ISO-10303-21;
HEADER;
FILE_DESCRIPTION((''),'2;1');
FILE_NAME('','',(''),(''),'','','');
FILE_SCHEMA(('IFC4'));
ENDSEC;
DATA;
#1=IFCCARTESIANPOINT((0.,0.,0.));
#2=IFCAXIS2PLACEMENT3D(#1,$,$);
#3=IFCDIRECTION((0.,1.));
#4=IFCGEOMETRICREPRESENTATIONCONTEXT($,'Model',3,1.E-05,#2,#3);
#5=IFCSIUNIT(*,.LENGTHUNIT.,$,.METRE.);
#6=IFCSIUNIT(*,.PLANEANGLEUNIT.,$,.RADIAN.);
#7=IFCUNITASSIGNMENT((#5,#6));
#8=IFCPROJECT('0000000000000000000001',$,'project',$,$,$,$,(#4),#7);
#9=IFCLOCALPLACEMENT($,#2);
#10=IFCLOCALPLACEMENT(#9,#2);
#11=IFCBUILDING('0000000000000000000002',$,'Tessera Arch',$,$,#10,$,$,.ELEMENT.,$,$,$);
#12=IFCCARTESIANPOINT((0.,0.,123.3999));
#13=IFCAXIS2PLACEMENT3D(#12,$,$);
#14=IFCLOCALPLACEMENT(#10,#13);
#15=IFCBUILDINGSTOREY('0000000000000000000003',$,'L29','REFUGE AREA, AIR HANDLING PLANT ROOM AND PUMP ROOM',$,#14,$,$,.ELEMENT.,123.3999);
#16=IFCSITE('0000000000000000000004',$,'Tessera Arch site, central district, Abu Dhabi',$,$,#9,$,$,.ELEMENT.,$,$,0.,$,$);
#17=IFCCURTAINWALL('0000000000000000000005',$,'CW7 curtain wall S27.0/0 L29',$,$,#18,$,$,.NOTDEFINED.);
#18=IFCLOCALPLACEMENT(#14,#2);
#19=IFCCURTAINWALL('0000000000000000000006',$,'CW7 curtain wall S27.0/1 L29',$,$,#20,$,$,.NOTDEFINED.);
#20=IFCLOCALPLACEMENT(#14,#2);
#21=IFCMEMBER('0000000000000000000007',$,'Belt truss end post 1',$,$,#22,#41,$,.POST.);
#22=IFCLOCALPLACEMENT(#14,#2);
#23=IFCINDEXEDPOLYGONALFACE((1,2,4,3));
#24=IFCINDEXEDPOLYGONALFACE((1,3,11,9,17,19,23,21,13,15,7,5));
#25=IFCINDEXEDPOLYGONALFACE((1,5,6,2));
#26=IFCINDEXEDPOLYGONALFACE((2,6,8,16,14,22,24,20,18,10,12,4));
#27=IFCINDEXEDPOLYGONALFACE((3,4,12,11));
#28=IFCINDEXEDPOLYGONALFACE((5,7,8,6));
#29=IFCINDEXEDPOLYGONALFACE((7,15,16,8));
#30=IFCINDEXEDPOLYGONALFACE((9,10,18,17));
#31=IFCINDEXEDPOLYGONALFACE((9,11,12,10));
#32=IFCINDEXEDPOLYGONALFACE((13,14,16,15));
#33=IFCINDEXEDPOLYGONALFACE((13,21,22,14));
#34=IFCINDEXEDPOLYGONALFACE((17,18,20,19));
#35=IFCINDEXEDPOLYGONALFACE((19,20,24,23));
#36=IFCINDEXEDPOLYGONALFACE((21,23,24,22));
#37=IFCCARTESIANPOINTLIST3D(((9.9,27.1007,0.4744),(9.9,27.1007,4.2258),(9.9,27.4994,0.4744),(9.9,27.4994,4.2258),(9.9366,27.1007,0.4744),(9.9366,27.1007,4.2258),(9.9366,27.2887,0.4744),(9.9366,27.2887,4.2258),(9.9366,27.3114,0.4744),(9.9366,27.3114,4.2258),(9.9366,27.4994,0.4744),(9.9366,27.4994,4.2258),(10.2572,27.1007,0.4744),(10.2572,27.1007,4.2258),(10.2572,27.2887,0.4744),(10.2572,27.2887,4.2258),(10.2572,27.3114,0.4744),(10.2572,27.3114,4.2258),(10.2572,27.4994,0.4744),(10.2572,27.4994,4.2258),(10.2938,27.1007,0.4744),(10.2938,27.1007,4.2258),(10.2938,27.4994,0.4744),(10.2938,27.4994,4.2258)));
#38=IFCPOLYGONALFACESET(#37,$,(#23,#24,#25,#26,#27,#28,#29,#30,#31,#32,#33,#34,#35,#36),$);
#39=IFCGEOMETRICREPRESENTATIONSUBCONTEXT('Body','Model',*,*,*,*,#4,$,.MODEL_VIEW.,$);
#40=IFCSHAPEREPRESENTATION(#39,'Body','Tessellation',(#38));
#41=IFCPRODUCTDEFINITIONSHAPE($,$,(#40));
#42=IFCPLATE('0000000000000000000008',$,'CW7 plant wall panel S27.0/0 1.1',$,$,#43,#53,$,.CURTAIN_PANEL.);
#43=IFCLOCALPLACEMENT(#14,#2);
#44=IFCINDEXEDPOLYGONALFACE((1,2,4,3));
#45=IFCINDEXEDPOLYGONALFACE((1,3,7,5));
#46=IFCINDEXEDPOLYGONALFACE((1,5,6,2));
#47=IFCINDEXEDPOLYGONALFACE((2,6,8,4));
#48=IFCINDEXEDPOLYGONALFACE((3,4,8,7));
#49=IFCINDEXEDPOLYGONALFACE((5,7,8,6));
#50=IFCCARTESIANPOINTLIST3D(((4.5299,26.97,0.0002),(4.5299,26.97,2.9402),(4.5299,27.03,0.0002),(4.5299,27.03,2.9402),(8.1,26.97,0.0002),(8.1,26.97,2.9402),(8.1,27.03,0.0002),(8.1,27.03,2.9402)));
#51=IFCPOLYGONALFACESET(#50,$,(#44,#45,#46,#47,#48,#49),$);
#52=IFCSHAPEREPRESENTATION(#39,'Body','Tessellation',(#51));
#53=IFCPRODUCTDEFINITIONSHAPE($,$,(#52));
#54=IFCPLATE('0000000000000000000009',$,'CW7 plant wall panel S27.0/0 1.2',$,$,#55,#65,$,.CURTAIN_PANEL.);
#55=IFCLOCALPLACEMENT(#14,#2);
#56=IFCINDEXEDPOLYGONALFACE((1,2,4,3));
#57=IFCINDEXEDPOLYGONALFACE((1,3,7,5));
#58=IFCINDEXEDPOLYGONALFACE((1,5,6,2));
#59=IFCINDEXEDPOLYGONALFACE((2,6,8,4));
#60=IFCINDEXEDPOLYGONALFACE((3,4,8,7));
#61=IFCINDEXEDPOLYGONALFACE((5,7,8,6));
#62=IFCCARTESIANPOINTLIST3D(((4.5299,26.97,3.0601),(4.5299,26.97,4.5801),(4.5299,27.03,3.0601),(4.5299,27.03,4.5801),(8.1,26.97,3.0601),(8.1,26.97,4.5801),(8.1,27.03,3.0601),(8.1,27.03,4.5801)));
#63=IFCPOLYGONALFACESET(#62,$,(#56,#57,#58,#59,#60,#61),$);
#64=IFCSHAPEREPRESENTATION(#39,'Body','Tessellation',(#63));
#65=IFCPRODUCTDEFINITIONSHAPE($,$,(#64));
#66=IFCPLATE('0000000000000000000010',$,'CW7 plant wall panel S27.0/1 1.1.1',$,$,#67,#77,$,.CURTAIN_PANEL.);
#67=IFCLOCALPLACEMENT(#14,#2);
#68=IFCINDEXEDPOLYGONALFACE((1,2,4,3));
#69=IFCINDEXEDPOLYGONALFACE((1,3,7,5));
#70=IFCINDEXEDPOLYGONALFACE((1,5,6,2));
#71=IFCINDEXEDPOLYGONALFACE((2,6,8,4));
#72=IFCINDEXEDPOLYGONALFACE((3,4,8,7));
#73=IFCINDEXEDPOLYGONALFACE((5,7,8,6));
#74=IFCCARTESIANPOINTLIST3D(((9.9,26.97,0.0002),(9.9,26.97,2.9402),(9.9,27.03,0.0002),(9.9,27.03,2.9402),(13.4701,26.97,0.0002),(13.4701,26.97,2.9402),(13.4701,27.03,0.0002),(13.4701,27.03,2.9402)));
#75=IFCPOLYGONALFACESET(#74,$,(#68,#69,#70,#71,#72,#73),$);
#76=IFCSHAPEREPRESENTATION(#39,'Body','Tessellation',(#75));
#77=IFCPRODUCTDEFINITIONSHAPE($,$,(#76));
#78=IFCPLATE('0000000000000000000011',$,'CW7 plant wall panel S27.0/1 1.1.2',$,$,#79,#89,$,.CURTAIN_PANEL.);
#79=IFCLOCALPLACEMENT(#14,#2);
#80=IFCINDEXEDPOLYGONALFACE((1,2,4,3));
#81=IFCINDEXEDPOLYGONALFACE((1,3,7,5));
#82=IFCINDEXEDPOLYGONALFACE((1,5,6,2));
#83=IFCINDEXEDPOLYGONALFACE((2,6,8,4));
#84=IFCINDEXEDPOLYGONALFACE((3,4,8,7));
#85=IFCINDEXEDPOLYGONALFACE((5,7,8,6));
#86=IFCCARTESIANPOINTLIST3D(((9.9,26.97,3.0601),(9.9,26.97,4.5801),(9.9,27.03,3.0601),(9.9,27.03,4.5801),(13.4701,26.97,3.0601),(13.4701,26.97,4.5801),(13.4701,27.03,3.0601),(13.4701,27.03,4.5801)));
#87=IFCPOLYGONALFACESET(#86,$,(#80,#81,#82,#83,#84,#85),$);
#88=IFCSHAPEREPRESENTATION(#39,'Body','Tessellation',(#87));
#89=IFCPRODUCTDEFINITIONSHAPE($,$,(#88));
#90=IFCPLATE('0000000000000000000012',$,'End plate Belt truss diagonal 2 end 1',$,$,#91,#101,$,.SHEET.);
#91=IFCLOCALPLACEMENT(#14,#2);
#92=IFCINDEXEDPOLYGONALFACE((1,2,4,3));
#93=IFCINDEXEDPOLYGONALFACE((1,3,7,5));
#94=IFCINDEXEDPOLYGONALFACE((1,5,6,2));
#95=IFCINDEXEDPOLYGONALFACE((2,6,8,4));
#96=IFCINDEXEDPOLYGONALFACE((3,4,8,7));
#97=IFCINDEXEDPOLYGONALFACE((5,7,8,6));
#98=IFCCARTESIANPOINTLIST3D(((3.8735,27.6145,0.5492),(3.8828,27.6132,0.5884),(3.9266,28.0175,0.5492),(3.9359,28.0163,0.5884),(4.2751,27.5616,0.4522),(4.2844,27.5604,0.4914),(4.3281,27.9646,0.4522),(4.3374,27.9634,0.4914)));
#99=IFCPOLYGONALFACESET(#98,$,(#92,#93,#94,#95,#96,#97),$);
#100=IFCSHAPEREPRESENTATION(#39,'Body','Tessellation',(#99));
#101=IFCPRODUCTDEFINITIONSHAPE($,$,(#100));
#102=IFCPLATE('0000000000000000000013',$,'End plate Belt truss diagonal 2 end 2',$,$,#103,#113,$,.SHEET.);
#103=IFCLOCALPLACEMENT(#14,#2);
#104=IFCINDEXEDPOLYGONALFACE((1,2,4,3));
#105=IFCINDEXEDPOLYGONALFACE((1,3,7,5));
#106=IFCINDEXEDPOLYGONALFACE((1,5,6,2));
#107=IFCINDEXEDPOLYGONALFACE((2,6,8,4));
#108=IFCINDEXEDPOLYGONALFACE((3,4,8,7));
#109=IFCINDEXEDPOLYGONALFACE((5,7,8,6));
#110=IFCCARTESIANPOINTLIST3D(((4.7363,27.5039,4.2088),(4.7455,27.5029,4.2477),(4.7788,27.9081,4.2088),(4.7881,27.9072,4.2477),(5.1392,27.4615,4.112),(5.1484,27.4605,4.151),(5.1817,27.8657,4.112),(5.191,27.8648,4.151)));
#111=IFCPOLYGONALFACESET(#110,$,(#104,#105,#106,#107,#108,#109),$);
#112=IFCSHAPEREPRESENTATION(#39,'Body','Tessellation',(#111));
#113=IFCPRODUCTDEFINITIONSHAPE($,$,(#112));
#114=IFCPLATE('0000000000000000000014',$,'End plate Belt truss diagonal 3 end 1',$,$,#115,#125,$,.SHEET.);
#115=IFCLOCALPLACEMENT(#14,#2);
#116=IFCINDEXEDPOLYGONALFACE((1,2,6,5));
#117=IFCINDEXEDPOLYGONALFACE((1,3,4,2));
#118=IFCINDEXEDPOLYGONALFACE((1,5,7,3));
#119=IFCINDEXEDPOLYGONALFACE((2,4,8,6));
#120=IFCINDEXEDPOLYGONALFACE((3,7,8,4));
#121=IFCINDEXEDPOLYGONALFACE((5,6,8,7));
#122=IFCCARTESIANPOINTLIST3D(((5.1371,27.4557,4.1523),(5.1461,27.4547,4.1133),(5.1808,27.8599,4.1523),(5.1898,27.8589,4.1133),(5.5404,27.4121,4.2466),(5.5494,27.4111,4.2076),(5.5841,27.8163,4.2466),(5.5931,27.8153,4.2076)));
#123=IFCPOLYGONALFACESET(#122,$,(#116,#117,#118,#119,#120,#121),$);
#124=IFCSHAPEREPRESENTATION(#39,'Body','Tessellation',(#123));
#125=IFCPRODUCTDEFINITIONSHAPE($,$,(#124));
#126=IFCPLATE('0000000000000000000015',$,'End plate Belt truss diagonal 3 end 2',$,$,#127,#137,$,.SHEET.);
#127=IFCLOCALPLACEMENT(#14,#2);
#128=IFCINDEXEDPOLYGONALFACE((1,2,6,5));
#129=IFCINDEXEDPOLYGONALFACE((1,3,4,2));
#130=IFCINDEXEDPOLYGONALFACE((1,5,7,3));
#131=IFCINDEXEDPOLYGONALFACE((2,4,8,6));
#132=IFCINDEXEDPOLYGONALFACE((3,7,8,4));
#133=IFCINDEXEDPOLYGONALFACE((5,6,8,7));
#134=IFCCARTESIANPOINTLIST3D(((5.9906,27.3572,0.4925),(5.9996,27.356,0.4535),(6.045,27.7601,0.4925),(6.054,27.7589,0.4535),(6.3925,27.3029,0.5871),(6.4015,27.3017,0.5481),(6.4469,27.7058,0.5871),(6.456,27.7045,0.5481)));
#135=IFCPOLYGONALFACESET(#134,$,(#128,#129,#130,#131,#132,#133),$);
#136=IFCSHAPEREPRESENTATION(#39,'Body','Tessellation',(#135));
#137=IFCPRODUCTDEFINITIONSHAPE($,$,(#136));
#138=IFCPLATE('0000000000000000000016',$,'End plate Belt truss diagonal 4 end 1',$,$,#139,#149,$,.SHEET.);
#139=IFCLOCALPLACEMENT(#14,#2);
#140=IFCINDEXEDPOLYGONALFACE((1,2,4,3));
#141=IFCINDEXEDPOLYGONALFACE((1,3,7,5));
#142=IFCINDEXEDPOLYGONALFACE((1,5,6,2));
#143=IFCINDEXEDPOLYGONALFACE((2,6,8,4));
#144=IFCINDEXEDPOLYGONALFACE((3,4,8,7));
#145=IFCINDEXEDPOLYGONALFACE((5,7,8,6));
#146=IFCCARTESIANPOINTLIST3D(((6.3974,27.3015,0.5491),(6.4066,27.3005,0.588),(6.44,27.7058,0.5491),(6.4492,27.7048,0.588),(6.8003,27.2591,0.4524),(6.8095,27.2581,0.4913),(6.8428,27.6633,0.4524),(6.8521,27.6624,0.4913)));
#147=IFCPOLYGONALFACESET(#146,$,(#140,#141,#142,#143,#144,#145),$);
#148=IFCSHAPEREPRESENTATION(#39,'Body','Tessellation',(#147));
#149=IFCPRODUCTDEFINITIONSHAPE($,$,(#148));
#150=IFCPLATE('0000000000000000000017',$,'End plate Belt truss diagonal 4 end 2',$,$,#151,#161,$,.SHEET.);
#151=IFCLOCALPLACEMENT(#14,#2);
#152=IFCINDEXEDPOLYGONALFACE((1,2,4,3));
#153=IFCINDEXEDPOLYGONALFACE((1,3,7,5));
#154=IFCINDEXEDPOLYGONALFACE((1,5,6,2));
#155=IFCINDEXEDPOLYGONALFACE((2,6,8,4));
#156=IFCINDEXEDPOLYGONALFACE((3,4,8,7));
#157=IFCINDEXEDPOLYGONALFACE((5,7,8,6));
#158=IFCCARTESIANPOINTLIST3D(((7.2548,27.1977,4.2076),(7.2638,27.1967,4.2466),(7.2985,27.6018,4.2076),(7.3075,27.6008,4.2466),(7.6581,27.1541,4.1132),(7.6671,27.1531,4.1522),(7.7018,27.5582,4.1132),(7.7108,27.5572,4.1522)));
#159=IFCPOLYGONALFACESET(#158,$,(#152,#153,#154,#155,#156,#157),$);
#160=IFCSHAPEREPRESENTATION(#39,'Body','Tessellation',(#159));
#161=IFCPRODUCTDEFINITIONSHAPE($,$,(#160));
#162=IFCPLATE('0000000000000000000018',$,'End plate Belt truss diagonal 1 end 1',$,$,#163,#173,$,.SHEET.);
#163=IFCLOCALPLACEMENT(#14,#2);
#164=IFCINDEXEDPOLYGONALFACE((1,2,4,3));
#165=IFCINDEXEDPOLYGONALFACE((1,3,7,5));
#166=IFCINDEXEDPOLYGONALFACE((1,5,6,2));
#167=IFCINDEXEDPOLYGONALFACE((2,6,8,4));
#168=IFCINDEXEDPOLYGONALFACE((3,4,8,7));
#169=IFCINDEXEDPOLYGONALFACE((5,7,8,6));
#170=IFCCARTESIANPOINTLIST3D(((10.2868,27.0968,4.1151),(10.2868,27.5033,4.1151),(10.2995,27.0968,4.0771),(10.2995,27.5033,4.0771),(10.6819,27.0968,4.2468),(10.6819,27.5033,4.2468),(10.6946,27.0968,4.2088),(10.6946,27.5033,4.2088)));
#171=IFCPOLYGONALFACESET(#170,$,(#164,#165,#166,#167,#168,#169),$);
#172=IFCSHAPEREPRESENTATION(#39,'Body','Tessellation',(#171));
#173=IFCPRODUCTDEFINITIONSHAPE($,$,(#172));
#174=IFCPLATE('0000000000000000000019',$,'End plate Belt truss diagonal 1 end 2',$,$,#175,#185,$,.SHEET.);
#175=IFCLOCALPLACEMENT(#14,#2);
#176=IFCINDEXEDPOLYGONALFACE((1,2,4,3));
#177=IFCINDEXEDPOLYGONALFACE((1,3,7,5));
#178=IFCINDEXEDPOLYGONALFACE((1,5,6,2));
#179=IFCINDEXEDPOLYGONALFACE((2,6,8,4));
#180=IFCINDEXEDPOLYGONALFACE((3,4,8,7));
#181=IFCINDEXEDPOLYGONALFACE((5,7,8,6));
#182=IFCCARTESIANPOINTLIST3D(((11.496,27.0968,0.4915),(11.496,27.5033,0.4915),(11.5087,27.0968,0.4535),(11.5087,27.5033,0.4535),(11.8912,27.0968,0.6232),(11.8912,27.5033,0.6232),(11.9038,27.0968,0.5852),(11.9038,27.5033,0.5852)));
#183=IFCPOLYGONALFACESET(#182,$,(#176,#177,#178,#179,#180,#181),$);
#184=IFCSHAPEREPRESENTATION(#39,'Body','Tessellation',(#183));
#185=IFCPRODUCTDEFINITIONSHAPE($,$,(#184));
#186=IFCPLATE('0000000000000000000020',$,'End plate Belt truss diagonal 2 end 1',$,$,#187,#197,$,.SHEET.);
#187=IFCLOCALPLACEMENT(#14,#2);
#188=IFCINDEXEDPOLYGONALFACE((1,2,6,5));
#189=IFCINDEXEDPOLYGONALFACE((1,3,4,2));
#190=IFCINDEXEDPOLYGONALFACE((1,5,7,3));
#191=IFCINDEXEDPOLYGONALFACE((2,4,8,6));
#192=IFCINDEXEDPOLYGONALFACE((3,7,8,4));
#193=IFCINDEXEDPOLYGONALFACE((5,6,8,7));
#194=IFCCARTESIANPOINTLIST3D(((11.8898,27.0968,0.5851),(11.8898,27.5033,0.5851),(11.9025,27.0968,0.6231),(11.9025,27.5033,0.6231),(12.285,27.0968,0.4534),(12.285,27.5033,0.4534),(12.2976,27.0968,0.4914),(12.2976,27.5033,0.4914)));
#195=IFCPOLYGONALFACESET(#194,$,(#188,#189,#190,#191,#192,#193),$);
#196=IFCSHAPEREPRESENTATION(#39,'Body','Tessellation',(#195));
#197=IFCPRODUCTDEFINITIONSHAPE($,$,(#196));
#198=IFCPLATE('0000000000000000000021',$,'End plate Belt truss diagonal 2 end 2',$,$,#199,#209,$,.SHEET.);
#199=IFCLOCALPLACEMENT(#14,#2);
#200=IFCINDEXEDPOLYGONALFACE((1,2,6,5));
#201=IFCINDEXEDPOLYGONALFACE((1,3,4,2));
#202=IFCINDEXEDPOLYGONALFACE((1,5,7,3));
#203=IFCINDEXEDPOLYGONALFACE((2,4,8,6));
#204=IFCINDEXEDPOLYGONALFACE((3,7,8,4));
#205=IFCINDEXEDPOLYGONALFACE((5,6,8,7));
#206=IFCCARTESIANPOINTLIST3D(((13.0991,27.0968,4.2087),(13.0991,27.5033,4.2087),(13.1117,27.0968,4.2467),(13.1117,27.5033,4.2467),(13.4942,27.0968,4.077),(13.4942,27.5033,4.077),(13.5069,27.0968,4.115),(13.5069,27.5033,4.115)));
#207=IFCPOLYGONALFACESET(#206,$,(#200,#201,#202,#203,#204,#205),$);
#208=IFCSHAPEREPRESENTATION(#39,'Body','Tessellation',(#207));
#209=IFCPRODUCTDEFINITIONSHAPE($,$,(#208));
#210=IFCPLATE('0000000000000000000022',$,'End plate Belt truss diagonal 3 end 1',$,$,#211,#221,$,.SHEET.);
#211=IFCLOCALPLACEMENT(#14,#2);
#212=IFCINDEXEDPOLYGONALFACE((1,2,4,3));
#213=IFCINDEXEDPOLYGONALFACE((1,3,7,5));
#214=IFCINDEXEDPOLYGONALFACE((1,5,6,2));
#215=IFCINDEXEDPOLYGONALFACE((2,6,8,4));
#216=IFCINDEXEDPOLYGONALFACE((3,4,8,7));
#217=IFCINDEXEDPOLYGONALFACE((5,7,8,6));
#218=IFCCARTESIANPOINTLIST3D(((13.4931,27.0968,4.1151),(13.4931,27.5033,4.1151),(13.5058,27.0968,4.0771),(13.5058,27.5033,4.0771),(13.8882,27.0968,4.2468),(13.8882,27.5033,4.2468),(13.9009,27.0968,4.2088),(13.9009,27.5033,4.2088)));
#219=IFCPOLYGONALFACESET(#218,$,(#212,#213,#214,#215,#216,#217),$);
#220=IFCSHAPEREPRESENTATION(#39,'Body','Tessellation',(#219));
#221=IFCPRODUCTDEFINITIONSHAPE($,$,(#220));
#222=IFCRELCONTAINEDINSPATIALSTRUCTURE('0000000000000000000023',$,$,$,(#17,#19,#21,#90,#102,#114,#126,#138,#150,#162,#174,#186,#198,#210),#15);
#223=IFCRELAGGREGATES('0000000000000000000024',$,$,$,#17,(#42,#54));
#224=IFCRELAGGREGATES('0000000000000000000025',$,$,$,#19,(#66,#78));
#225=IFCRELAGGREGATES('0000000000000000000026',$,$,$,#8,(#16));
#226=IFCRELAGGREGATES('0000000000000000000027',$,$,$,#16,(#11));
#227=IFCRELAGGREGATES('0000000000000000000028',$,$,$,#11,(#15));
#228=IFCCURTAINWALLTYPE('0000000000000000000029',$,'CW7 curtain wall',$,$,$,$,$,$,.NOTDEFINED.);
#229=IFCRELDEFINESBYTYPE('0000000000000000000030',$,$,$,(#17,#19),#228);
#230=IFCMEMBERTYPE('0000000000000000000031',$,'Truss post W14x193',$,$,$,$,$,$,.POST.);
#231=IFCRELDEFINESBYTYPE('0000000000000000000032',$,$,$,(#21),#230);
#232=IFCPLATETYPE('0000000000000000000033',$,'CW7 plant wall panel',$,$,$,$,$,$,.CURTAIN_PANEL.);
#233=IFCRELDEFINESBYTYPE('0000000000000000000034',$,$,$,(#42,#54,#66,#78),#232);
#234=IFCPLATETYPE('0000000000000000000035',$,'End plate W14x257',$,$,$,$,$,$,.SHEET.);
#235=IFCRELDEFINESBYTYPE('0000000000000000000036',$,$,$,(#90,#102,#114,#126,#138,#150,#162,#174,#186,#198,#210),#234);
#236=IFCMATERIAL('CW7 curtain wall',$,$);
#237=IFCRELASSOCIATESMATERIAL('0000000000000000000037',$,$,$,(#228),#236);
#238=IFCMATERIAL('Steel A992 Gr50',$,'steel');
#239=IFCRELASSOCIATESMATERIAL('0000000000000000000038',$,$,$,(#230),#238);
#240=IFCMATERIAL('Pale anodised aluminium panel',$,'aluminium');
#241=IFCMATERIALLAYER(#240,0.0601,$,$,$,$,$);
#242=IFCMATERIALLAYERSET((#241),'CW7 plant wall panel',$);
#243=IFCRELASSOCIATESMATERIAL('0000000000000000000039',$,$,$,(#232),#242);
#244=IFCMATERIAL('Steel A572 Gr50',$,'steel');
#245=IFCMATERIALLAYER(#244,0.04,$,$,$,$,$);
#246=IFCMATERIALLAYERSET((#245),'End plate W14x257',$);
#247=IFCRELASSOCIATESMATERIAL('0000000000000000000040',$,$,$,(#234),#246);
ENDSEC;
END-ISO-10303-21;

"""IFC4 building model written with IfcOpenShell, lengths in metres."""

from ifc_helpers import new_model, si_unit, direction, frame, origin, origin_2d, place, context, subcontext, project, spatial, rectangle, i_section, extrude, material, layer, layer_set, material_profile, profile_set, type_object, element, aggregate, save


model = new_model("IFC4")

# Units and contexts
model_context = context("Model", 3, precision=1e-05, world=origin(), true_north=direction((0.0, 1.0)))
body_context = subcontext(model_context, "Body", "Model", "MODEL_VIEW")
ifc_project = project(units=[si_unit("LENGTHUNIT", "METRE"), si_unit("PLANEANGLEUNIT", "RADIAN")], contexts=[model_context])

# Site, building, storey
site_placement = place(None, origin())
site = spatial("IfcSite", under=ifc_project, at=site_placement, Name="Tessera Arch site, central district, Abu Dhabi", CompositionType="ELEMENT", RefElevation=0.0)
building_placement = place(site_placement, origin())
building = spatial("IfcBuilding", under=site, at=building_placement, Name="Tessera Arch", CompositionType="ELEMENT")
storey_placement = place(building_placement, frame((0.0, 0.0, 123.3999)))
storey = spatial("IfcBuildingStorey", under=building, at=storey_placement, Name="L29", Description="REFUGE AREA, AIR HANDLING PLANT ROOM AND PUMP ROOM", CompositionType="ELEMENT", Elevation=123.3999)

# Curtain wall
ifc_material_1 = material(Name="CW7 curtain wall")
curtain_wall_type = type_object("IfcCurtainWallType", Name="CW7 curtain wall", PredefinedType="NOTDEFINED", material=ifc_material_1)
curtain_wall_1_placement = place(storey_placement, origin())
curtain_wall_1 = element("IfcCurtainWall", 1, at=curtain_wall_1_placement, inside=storey, type_object=curtain_wall_type, Name="CW7 curtain wall S27.0/0 L29", PredefinedType="NOTDEFINED")

# Curtain wall
curtain_wall_2_placement = place(storey_placement, origin())
curtain_wall_2 = element("IfcCurtainWall", 2, at=curtain_wall_2_placement, inside=storey, type_object=curtain_wall_type, Name="CW7 curtain wall S27.0/1 L29", PredefinedType="NOTDEFINED")

# Member
ifc_material_2 = material(Name="Steel A992 Gr50", Category="steel")
ifc_material_profile_1 = material_profile(ifc_material_2, i_section(OverallWidth=0.3987, OverallDepth=0.3938, WebThickness=0.0227, FlangeThickness=0.0366, at=origin_2d()), Name="W14x193")
ifc_profile_set_1 = profile_set([ifc_material_profile_1], Name="Steel A992 Gr50")
member_type_1 = type_object("IfcMemberType", Name="Truss post W14x193", PredefinedType="POST", material=ifc_profile_set_1)
for number, where, z_axis, x_axis, name in (
    (3, (10.0969, 27.3, 0.4744), (0.0, 0.0, 1.0), (0.0, 1.0, 0.0), "Belt truss end post 1"),
):
    element("IfcMember", number, at=place(storey_placement, frame(where, z_axis=z_axis, x_axis=x_axis)), inside=storey, type_object=member_type_1, Name=name, PredefinedType="POST", context=body_context, shape_type="SweptSolid", body=[
        extrude(i_section(OverallWidth=0.3987, OverallDepth=0.3938, WebThickness=0.0227, FlangeThickness=0.0366, at=origin_2d()), origin(), (0.0, 0.0, 1.0), 3.7515),
    ])

# Plates
ifc_material_3 = material(Name="Pale anodised aluminium panel", Category="aluminium")
ifc_layer_1 = layer(ifc_material_3, 0.0601)
ifc_layer_set_1 = layer_set([ifc_layer_1], Name="CW7 plant wall panel")
plate_type_1 = type_object("IfcPlateType", Name="CW7 plant wall panel", PredefinedType="CURTAIN_PANEL", material=ifc_layer_set_1)
plate_1_placement = place(storey_placement, frame((6.3149, 27.0, 0.0002), z_axis=(0.0, 0.0, 1.0), x_axis=(1.0, 0.0, 0.0)))
plate_1 = element("IfcPlate", 4, at=plate_1_placement, type_object=plate_type_1, Name="CW7 plant wall panel S27.0/0 1.1", PredefinedType="CURTAIN_PANEL", context=body_context, shape_type="SweptSolid", body=[
    extrude(rectangle(XDim=3.5701, YDim=0.0601, at=origin_2d()), origin(), (0.0, 0.0, 1.0), 2.9399),
])
plate_2_placement = place(storey_placement, frame((6.3149, 27.0, 3.0601), z_axis=(0.0, 0.0, 1.0), x_axis=(1.0, 0.0, 0.0)))
plate_2 = element("IfcPlate", 5, at=plate_2_placement, type_object=plate_type_1, Name="CW7 plant wall panel S27.0/0 1.2", PredefinedType="CURTAIN_PANEL", context=body_context, shape_type="SweptSolid", body=[
    extrude(rectangle(XDim=3.5701, YDim=0.0601, at=origin_2d()), origin(), (0.0, 0.0, 1.0), 1.52),
])
aggregate(curtain_wall_1, [plate_1, plate_2])
plate_3_placement = place(storey_placement, frame((11.6851, 27.0, 0.0002), z_axis=(0.0, 0.0, 1.0), x_axis=(1.0, 0.0, 0.0)))
plate_3 = element("IfcPlate", 6, at=plate_3_placement, type_object=plate_type_1, Name="CW7 plant wall panel S27.0/1 1.1.1", PredefinedType="CURTAIN_PANEL", context=body_context, shape_type="SweptSolid", body=[
    extrude(rectangle(XDim=3.5701, YDim=0.0601, at=origin_2d()), origin(), (0.0, 0.0, 1.0), 2.9399),
])
plate_4_placement = place(storey_placement, frame((11.6851, 27.0, 3.0601), z_axis=(0.0, 0.0, 1.0), x_axis=(1.0, 0.0, 0.0)))
plate_4 = element("IfcPlate", 7, at=plate_4_placement, type_object=plate_type_1, Name="CW7 plant wall panel S27.0/1 1.1.2", PredefinedType="CURTAIN_PANEL", context=body_context, shape_type="SweptSolid", body=[
    extrude(rectangle(XDim=3.5701, YDim=0.0601, at=origin_2d()), origin(), (0.0, 0.0, 1.0), 1.52),
])
aggregate(curtain_wall_2, [plate_3, plate_4])

# Plates
ifc_material_4 = material(Name="Steel A572 Gr50", Category="steel")
ifc_layer_2 = layer(ifc_material_4, 0.04)
ifc_layer_set_2 = layer_set([ifc_layer_2], Name="End plate W14x257")
plate_type_2 = type_object("IfcPlateType", Name="End plate W14x257", PredefinedType="SHEET", material=ifc_layer_set_2)
plate_5_placement = place(storey_placement, frame((4.1008, 27.7896, 0.5007), z_axis=(0.230966, -0.03039, 0.972487), x_axis=(0.130455, 0.991454, 0.0)))
element("IfcPlate", 8, at=plate_5_placement, inside=storey, type_object=plate_type_2, Name="End plate Belt truss diagonal 2 end 1", PredefinedType="SHEET", context=body_context, shape_type="SweptSolid", body=[
    extrude(rectangle(XDim=0.4065, YDim=0.4165, at=origin_2d()), origin(), (0.0, 0.0, 1.0), 0.0403),
])
for number, where, z_axis, x_axis, name in (
    (9, (4.959, 27.6848, 4.1604), (0.231004, -0.024316, 0.972649), (0.104685, 0.994505, 0.0), "End plate Belt truss diagonal 2 end 2"),
    (10, (5.3606, 27.636, 4.1995), (0.225237, -0.02435, -0.974), (0.107482, 0.994207, 0.0), "End plate Belt truss diagonal 3 end 1"),
    (11, (6.2188, 27.5315, 0.5398), (0.2252, -0.030432, -0.973837), (0.133918, 0.990992, 0.0), "End plate Belt truss diagonal 3 end 2"),
    (12, (6.6201, 27.4824, 0.5007), (0.231004, -0.024316, 0.972649), (0.104685, 0.994505, 0.0), "End plate Belt truss diagonal 4 end 1"),
    (13, (7.4783, 27.3779, 4.1604), (0.225237, -0.02435, 0.974), (0.107482, 0.994207, 0.0), "End plate Belt truss diagonal 4 end 2"),
    (14, (10.4844, 27.3, 4.1809), (0.316228, 0.0, -0.948683), (0.0, 1.0, 0.0), "End plate Belt truss diagonal 1 end 1"),
    (15, (11.6936, 27.3, 0.5574), (0.316228, 0.0, -0.948683), (0.0, 1.0, 0.0), "End plate Belt truss diagonal 1 end 2"),
    (16, (12.0874, 27.3, 0.5193), (0.316228, 0.0, 0.948683), (0.0, 1.0, 0.0), "End plate Belt truss diagonal 2 end 1"),
    (17, (13.2966, 27.3, 4.1428), (0.316228, 0.0, 0.948683), (0.0, 1.0, 0.0), "End plate Belt truss diagonal 2 end 2"),
    (18, (13.6907, 27.3, 4.1809), (0.316228, 0.0, -0.948683), (0.0, 1.0, 0.0), "End plate Belt truss diagonal 3 end 1"),
):
    element("IfcPlate", number, at=place(storey_placement, frame(where, z_axis=z_axis, x_axis=x_axis)), inside=storey, type_object=plate_type_2, Name=name, PredefinedType="SHEET", context=body_context, shape_type="SweptSolid", body=[
        extrude(rectangle(XDim=0.4065, YDim=0.4165, at=origin_2d()), origin(), (0.0, 0.0, 1.0), 0.04),
    ])

save(model, "model.ifc")
